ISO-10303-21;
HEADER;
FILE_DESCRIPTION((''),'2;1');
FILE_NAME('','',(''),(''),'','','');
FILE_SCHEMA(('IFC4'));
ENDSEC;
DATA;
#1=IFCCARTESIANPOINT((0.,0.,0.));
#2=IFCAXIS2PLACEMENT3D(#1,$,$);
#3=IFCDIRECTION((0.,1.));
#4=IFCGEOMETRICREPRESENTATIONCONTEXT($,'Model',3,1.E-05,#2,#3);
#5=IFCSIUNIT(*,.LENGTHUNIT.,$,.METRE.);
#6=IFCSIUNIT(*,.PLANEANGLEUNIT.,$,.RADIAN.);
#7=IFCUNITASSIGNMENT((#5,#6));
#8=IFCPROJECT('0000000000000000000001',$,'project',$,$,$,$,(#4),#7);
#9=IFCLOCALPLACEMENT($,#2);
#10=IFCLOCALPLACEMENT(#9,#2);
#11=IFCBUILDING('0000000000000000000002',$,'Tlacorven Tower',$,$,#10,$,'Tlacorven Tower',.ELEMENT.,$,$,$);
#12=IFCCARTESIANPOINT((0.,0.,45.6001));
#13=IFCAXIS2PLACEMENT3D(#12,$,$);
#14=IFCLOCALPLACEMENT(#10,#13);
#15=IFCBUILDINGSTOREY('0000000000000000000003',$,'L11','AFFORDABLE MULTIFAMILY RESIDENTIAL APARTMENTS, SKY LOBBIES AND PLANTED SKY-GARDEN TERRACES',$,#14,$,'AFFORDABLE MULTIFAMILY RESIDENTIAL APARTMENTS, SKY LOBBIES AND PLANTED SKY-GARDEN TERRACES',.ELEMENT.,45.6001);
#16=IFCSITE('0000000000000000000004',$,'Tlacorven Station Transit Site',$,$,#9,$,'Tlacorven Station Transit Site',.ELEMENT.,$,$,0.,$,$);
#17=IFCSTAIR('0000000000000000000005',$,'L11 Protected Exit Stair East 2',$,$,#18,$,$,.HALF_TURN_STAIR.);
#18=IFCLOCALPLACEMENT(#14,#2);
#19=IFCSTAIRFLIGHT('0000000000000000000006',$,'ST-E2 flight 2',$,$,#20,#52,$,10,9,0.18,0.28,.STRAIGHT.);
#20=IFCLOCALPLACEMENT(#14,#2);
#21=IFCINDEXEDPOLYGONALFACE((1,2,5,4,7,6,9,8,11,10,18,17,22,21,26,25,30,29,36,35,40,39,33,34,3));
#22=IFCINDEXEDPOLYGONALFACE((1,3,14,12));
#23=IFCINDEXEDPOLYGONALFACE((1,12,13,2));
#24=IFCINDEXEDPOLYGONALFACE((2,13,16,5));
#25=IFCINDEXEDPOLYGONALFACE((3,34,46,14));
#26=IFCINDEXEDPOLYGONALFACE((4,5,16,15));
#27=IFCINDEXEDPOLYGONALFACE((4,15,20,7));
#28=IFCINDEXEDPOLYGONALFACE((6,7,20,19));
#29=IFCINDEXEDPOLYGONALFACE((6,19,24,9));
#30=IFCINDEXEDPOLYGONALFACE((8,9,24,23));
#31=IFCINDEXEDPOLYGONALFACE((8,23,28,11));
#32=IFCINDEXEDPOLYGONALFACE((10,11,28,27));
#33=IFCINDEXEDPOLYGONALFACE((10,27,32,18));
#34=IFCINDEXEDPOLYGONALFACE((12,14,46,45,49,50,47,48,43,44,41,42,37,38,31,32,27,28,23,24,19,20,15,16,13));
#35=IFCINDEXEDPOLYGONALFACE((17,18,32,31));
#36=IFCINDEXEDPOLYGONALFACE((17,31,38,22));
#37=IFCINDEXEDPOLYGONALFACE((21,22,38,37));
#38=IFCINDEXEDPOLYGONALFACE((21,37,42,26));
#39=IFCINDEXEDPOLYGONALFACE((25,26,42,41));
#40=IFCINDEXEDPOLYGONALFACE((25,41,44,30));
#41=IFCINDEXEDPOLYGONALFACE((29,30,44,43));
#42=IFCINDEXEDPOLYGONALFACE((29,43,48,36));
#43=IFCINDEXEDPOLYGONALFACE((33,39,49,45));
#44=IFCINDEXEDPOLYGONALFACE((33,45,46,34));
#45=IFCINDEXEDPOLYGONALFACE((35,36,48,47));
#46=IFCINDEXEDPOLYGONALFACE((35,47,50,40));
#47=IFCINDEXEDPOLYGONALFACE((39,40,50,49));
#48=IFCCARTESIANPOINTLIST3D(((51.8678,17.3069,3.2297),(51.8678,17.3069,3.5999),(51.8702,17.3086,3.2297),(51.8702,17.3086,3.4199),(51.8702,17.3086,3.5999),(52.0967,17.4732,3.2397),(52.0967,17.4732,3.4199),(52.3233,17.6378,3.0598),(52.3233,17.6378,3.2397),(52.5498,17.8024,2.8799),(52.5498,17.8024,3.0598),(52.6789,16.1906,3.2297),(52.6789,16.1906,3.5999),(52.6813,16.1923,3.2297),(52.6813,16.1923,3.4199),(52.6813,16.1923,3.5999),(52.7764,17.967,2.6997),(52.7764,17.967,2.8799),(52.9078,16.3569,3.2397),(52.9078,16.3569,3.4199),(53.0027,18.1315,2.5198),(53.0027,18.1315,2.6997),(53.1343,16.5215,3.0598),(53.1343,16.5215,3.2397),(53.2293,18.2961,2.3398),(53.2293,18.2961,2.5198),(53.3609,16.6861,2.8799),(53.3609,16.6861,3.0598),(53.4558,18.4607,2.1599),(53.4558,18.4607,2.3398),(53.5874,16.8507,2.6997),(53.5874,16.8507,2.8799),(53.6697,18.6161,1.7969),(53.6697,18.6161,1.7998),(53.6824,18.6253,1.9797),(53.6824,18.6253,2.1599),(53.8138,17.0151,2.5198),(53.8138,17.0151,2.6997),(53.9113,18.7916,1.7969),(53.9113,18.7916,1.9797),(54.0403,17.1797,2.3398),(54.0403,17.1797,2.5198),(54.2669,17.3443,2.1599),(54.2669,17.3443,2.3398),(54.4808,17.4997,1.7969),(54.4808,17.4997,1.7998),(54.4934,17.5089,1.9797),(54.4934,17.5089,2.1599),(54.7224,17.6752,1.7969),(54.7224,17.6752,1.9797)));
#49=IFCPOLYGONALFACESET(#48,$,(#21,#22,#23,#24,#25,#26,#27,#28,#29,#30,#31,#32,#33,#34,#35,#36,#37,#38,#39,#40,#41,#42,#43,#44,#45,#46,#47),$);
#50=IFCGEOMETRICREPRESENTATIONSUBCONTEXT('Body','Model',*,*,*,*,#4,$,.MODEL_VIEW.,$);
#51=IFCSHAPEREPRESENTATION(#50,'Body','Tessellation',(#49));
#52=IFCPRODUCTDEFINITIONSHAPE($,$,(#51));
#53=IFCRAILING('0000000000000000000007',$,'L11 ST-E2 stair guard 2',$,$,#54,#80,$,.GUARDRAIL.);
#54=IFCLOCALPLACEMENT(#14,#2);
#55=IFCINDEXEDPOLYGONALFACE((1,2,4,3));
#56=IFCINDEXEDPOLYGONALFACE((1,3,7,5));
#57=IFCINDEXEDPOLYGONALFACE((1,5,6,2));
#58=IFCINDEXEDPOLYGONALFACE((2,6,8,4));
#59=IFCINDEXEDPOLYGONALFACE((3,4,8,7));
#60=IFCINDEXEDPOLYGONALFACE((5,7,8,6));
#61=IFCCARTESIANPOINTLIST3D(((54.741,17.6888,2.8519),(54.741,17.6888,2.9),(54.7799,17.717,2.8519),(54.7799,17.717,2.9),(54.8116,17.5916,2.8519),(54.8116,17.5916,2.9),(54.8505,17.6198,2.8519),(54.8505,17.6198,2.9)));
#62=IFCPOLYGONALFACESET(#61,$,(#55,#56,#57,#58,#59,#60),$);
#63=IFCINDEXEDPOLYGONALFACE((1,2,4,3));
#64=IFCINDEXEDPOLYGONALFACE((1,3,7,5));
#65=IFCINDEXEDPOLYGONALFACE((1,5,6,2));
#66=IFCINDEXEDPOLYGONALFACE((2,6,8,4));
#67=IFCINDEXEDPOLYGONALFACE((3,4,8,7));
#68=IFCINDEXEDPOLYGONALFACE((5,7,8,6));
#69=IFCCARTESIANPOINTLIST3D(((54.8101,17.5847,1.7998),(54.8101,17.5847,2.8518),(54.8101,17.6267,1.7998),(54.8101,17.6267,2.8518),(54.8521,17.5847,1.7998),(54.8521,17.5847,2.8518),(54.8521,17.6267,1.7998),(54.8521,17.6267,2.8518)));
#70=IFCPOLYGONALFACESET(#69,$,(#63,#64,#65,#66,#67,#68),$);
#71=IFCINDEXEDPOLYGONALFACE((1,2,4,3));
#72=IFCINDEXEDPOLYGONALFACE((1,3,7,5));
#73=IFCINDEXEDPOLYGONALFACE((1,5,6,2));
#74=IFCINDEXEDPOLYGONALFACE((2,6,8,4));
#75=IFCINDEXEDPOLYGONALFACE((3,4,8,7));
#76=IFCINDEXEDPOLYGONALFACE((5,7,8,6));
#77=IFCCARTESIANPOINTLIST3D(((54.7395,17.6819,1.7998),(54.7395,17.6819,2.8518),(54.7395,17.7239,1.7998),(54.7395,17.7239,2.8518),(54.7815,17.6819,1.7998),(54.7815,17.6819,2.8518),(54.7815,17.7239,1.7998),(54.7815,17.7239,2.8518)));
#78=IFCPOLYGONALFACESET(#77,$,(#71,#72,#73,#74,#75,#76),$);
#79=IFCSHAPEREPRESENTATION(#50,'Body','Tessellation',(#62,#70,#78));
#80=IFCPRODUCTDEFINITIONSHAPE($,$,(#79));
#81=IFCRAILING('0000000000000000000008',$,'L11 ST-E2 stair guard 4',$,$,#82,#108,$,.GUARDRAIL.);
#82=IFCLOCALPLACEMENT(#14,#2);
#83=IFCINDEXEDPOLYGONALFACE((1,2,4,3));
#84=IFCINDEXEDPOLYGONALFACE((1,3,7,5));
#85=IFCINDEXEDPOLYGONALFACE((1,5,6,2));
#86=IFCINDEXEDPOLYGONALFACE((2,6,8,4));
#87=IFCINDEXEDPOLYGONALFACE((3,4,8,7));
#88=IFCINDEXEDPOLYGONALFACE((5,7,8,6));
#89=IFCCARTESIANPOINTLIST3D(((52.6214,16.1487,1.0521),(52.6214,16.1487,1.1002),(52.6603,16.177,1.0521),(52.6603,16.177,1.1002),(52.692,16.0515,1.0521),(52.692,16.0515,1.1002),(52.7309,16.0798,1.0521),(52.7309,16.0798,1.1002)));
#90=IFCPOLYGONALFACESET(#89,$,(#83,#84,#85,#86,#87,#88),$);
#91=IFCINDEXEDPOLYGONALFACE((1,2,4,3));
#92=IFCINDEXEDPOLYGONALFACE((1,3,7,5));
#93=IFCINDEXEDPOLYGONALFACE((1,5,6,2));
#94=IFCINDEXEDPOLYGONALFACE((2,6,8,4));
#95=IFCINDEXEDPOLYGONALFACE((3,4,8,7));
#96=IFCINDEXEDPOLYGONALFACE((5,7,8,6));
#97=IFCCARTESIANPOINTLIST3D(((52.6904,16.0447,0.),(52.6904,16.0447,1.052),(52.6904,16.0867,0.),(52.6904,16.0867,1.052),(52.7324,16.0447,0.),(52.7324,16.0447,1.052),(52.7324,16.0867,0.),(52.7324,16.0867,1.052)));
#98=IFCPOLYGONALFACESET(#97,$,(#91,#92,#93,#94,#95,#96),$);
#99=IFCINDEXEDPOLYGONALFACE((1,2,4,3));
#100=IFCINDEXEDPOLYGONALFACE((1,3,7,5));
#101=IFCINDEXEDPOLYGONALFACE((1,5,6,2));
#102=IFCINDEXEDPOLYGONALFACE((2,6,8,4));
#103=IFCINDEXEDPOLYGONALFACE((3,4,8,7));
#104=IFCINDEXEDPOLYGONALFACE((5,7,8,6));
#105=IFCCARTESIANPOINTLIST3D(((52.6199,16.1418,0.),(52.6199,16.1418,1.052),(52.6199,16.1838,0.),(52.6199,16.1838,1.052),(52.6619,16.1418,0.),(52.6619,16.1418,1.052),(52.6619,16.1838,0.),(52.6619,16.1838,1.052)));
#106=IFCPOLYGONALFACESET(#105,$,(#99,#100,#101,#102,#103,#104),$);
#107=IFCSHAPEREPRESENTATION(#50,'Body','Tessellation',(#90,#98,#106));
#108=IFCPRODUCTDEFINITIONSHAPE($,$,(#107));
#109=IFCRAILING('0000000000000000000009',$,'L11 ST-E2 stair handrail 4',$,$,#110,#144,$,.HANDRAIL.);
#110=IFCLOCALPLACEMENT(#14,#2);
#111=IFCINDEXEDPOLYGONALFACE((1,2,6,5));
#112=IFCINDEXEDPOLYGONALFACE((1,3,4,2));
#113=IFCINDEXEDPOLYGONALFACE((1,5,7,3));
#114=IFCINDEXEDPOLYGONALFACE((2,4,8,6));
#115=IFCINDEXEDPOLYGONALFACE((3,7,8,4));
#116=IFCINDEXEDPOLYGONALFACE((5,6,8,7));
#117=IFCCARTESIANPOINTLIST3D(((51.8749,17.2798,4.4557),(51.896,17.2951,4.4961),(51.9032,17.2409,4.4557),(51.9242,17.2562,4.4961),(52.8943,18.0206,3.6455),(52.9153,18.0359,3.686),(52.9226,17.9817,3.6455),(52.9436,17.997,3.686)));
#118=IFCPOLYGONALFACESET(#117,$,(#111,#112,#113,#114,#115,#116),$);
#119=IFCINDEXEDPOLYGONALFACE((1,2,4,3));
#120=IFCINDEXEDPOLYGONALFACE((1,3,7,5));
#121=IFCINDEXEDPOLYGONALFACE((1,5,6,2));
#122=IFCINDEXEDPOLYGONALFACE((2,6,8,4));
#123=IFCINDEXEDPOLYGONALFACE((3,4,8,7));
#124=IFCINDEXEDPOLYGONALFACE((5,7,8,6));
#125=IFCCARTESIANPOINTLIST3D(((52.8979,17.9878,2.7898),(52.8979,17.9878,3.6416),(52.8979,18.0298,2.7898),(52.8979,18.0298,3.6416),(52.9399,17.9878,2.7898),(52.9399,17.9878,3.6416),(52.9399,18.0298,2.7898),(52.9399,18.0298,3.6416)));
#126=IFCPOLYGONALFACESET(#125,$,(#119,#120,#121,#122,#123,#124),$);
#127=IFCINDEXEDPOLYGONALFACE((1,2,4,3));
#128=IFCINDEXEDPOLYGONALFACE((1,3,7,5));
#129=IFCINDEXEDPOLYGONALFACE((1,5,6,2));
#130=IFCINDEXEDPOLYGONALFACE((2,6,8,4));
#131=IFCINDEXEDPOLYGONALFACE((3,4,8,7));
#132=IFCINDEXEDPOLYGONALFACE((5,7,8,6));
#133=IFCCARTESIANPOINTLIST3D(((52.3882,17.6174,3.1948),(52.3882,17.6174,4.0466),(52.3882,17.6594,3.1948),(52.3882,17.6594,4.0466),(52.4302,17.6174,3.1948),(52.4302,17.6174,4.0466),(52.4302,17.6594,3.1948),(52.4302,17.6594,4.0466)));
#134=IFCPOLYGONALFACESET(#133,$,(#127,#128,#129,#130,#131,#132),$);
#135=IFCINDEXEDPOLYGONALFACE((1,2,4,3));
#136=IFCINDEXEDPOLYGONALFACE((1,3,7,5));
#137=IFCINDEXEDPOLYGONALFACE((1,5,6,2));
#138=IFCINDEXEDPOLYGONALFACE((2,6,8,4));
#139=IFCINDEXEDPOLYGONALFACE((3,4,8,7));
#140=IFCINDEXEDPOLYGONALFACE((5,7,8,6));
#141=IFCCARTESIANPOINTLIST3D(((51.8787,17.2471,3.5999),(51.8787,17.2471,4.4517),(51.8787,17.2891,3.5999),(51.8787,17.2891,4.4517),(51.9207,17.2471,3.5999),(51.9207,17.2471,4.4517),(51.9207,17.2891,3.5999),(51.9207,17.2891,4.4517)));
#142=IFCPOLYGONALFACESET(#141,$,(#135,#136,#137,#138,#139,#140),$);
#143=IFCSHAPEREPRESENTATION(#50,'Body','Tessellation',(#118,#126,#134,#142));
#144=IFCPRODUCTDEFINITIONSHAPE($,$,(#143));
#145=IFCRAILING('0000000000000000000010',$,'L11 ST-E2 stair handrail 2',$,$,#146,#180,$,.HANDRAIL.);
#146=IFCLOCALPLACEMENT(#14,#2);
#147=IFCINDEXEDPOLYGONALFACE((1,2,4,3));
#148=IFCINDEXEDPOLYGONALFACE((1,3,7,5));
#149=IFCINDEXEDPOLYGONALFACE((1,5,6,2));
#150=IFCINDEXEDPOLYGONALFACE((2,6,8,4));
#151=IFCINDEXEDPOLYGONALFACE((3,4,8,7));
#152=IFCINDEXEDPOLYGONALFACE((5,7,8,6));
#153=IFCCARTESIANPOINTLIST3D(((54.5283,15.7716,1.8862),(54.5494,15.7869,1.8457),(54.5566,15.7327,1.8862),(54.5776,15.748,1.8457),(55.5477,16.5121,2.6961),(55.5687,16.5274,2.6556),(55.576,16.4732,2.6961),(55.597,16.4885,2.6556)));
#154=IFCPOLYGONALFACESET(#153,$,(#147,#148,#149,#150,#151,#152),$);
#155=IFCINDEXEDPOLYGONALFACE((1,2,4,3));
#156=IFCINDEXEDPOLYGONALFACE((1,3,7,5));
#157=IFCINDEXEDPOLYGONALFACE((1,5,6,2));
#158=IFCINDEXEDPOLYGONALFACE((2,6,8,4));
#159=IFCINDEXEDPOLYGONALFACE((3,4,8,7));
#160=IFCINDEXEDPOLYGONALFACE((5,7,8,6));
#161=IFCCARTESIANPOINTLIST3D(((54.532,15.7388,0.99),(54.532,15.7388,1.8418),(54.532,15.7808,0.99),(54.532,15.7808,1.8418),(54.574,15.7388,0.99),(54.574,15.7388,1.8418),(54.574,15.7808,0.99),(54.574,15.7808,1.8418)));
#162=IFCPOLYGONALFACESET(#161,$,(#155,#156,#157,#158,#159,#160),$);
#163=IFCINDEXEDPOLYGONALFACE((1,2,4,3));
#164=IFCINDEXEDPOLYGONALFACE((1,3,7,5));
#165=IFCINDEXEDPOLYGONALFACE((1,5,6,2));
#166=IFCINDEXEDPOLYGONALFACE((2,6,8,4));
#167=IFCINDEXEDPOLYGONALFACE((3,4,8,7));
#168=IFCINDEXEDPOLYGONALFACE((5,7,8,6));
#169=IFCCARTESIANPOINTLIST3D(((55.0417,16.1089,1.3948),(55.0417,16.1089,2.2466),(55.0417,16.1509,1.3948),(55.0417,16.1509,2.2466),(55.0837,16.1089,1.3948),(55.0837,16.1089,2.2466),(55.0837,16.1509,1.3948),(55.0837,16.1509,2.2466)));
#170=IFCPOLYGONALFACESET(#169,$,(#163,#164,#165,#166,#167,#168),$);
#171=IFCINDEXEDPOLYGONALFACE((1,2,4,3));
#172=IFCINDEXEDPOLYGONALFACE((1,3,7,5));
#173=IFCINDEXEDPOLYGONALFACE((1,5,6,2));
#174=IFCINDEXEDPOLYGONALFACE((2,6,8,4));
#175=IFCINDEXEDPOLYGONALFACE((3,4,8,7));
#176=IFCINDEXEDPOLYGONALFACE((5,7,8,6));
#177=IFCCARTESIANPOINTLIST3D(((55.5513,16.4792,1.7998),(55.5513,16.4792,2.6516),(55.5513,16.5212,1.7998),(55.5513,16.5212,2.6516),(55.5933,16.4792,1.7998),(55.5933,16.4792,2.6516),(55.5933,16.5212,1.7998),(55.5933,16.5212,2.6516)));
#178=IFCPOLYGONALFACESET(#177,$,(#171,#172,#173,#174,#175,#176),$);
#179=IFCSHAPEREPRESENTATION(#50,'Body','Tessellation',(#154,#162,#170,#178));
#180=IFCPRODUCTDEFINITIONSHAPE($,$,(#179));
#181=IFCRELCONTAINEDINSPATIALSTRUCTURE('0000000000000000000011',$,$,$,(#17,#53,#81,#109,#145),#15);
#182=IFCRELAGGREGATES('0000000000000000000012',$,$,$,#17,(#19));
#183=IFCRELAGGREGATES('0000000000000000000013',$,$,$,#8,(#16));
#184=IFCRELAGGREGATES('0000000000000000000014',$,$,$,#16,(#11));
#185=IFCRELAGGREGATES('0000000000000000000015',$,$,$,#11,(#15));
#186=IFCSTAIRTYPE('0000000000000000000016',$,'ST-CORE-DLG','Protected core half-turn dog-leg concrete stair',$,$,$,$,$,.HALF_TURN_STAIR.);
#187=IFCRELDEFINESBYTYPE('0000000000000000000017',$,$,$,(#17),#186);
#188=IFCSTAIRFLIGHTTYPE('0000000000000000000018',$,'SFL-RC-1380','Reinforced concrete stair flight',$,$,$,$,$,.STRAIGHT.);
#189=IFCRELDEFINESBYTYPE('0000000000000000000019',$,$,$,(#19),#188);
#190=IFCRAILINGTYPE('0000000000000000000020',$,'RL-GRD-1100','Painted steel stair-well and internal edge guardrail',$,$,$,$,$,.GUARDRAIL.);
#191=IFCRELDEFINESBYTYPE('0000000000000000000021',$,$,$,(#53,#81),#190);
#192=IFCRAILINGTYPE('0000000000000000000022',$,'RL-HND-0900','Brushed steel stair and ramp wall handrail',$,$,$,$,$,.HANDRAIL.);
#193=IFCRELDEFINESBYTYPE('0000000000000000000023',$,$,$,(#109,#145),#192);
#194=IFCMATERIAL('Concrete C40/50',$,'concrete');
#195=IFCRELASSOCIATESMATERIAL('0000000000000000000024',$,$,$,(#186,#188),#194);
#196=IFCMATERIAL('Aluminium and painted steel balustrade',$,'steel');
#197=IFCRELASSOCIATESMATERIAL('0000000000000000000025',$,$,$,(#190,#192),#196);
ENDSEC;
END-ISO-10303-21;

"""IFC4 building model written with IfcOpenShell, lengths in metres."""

from ifc_helpers import new_model, si_unit, direction, frame, origin, origin_2d, place, context, subcontext, project, spatial, polyline, rectangle, outline, extrude, source, transform, mapped, material, type_object, element, aggregate, save


model = new_model("IFC4")

# Units and contexts
model_context = context("Model", 3, precision=1e-05, world=origin(), true_north=direction((0.0, 1.0)))
body_context = subcontext(model_context, "Body", "Model", "MODEL_VIEW")
ifc_project = project(units=[si_unit("LENGTHUNIT", "METRE"), si_unit("PLANEANGLEUNIT", "RADIAN")], contexts=[model_context])

# Site, building, storey
site_placement = place(None, origin())
site = spatial("IfcSite", under=ifc_project, at=site_placement, Name="Tlacorven Station Transit Site", LongName="Tlacorven Station Transit Site", CompositionType="ELEMENT", RefElevation=0.0)
building_placement = place(site_placement, origin())
building = spatial("IfcBuilding", under=site, at=building_placement, Name="Tlacorven Tower", LongName="Tlacorven Tower", CompositionType="ELEMENT")
storey_placement = place(building_placement, frame((0.0, 0.0, 45.6001)))
storey = spatial("IfcBuildingStorey", under=building, at=storey_placement, Name="L11", Description="AFFORDABLE MULTIFAMILY RESIDENTIAL APARTMENTS, SKY LOBBIES AND PLANTED SKY-GARDEN TERRACES", LongName="AFFORDABLE MULTIFAMILY RESIDENTIAL APARTMENTS, SKY LOBBIES AND PLANTED SKY-GARDEN TERRACES", CompositionType="ELEMENT", Elevation=45.6001)

# Stair, stair flight
ifc_material_1 = material(Name="Concrete C40/50", Category="concrete")
stair_type = type_object("IfcStairType", Name="ST-CORE-DLG", Description="Protected core half-turn dog-leg concrete stair", PredefinedType="HALF_TURN_STAIR", material=ifc_material_1)
stair_placement = place(storey_placement, origin())
stair = element("IfcStair", 1, at=stair_placement, inside=storey, type_object=stair_type, Name="L11 Protected Exit Stair East 2", PredefinedType="HALF_TURN_STAIR")
stair_flight_type = type_object("IfcStairFlightType", Name="SFL-RC-1380", Description="Reinforced concrete stair flight", PredefinedType="STRAIGHT", material=ifc_material_1)
shared_shape_1 = source(origin(), body_context, "Body", "SweptSolid", [
    extrude(outline(polyline([(-0.0029, -0.0029), (-0.0029, 0.1799), (0.28, 0.1799), (0.28, 0.3601), (0.5601, 0.3601), (0.5601, 0.54), (0.8401, 0.54), (0.8401, 0.72), (1.1201, 0.72), (1.1201, 0.8999), (1.3999, 0.8999), (1.3999, 1.0801), (1.6799, 1.0801), (1.6799, 1.26), (1.96, 1.26), (1.96, 1.4399), (2.24, 1.4399), (2.24, 1.6201), (2.52, 1.6201), (2.52, 1.8), (2.5229, 1.8), (2.5229, 1.4299), (2.52, 1.4299), (0.2957, 0.0), (0.2957, -0.0029), (-0.0029, -0.0029)])), frame((0.0, 0.6899, 0.0), z_axis=(0.0, -1.0, 0.0), x_axis=(1.0, 0.0, 0.0)), (0.0, 0.0, 1.0), 1.3799),
])
stair_flight_1_placement = place(storey_placement, frame((54.3145, 18.2317, 1.7998), z_axis=(0.0, 0.0, 1.0), x_axis=(-0.809017, -0.587785, 0.0)))
stair_flight_1 = element("IfcStairFlight", 2, at=stair_flight_1_placement, type_object=stair_flight_type, Name="ST-E2 flight 2", NumberOfRisers=10, NumberOfTreads=9, PredefinedType="STRAIGHT", RiserHeight=0.18, TreadLength=0.28, context=body_context, shape_type="MappedRepresentation", body=[
    mapped(shared_shape_1, transform((0.0, 0.0, 0.0), scale=1.0)),
])
aggregate(stair, [stair_flight_1])

# Railings
ifc_material_2 = material(Name="Aluminium and painted steel balustrade", Category="steel")
railing_type_1 = type_object("IfcRailingType", Name="RL-GRD-1100", Description="Painted steel stair-well and internal edge guardrail", PredefinedType="GUARDRAIL", material=ifc_material_2)
shared_shape_2 = source(origin(), body_context, "Body", "SweptSolid", [
    extrude(rectangle(XDim=0.0481, YDim=0.0481, at=origin_2d()), frame((0.0, 0.0, 1.0762), z_axis=(-0.587567, 0.809175, 0.0), x_axis=(-0.809175, -0.587567, 0.0)), (0.0, 0.0, 1.0), 0.1201),
    extrude(rectangle(XDim=0.042, YDim=0.042, at=origin_2d()), origin(), (0.0, 0.0, 1.0), 1.052),
    extrude(rectangle(XDim=0.042, YDim=0.042, at=origin_2d()), frame((-0.0706, 0.0972, 0.0)), (0.0, 0.0, 1.0), 1.052),
])
for number, where, name in (
    (3, (54.8311, 17.6057, 1.7998), "L11 ST-E2 stair guard 2"),
    (4, (52.7114, 16.0657, 0.0), "L11 ST-E2 stair guard 4"),
):
    element("IfcRailing", number, at=place(storey_placement, frame(where)), inside=storey, type_object=railing_type_1, Name=name, PredefinedType="GUARDRAIL", context=body_context, shape_type="MappedRepresentation", body=[
        mapped(shared_shape_2, transform((0.0, 0.0, 0.0), scale=1.0)),
    ])
railing_type_2 = type_object("IfcRailingType", Name="RL-HND-0900", Description="Brushed steel stair and ramp wall handrail", PredefinedType="HANDRAIL", material=ifc_material_2)
shared_shape_3 = source(origin(), body_context, "Body", "SweptSolid", [
    extrude(rectangle(XDim=0.0481, YDim=0.0481, at=origin_2d()), frame((0.0, 0.0, 0.876), z_axis=(-0.680461, -0.494496, 0.540783), x_axis=(0.587872, -0.808954, 0.0)), (0.0, 0.0, 1.0), 1.498),
    extrude(rectangle(XDim=0.042, YDim=0.042, at=origin_2d()), origin(), (0.0, 0.0, 1.0), 0.8518),
    extrude(rectangle(XDim=0.042, YDim=0.042, at=origin_2d()), frame((-0.5098, -0.3704, 0.405)), (0.0, 0.0, 1.0), 0.8518),
    extrude(rectangle(XDim=0.042, YDim=0.042, at=origin_2d()), frame((-1.0193, -0.7407, 0.8101)), (0.0, 0.0, 1.0), 0.8518),
])
railing_1_placement = place(storey_placement, frame((52.9189, 18.0088, 2.7898)))
element("IfcRailing", 5, at=railing_1_placement, inside=storey, type_object=railing_type_2, Name="L11 ST-E2 stair handrail 4", PredefinedType="HANDRAIL", context=body_context, shape_type="MappedRepresentation", body=[
    mapped(shared_shape_3, transform((0.0, 0.0, 0.0), scale=1.0)),
])
shared_shape_4 = source(origin(), body_context, "Body", "SweptSolid", [
    extrude(rectangle(XDim=0.0481, YDim=0.0481, at=origin_2d()), frame((0.0, 0.0, 0.876), z_axis=(0.680576, 0.494416, 0.540712), x_axis=(-0.587745, 0.809046, 0.0)), (0.0, 0.0, 1.0), 1.4978),
    extrude(rectangle(XDim=0.042, YDim=0.042, at=origin_2d()), origin(), (0.0, 0.0, 1.0), 0.8518),
    extrude(rectangle(XDim=0.042, YDim=0.042, at=origin_2d()), frame((0.5098, 0.3701, 0.4048)), (0.0, 0.0, 1.0), 0.8518),
    extrude(rectangle(XDim=0.042, YDim=0.042, at=origin_2d()), frame((1.0193, 0.7405, 0.8098)), (0.0, 0.0, 1.0), 0.8518),
])
railing_2_placement = place(storey_placement, frame((54.553, 15.7598, 0.99)))
element("IfcRailing", 6, at=railing_2_placement, inside=storey, type_object=railing_type_2, Name="L11 ST-E2 stair handrail 2", PredefinedType="HANDRAIL", context=body_context, shape_type="MappedRepresentation", body=[
    mapped(shared_shape_4, transform((0.0, 0.0, 0.0), scale=1.0)),
])

save(model, "model.ifc")
